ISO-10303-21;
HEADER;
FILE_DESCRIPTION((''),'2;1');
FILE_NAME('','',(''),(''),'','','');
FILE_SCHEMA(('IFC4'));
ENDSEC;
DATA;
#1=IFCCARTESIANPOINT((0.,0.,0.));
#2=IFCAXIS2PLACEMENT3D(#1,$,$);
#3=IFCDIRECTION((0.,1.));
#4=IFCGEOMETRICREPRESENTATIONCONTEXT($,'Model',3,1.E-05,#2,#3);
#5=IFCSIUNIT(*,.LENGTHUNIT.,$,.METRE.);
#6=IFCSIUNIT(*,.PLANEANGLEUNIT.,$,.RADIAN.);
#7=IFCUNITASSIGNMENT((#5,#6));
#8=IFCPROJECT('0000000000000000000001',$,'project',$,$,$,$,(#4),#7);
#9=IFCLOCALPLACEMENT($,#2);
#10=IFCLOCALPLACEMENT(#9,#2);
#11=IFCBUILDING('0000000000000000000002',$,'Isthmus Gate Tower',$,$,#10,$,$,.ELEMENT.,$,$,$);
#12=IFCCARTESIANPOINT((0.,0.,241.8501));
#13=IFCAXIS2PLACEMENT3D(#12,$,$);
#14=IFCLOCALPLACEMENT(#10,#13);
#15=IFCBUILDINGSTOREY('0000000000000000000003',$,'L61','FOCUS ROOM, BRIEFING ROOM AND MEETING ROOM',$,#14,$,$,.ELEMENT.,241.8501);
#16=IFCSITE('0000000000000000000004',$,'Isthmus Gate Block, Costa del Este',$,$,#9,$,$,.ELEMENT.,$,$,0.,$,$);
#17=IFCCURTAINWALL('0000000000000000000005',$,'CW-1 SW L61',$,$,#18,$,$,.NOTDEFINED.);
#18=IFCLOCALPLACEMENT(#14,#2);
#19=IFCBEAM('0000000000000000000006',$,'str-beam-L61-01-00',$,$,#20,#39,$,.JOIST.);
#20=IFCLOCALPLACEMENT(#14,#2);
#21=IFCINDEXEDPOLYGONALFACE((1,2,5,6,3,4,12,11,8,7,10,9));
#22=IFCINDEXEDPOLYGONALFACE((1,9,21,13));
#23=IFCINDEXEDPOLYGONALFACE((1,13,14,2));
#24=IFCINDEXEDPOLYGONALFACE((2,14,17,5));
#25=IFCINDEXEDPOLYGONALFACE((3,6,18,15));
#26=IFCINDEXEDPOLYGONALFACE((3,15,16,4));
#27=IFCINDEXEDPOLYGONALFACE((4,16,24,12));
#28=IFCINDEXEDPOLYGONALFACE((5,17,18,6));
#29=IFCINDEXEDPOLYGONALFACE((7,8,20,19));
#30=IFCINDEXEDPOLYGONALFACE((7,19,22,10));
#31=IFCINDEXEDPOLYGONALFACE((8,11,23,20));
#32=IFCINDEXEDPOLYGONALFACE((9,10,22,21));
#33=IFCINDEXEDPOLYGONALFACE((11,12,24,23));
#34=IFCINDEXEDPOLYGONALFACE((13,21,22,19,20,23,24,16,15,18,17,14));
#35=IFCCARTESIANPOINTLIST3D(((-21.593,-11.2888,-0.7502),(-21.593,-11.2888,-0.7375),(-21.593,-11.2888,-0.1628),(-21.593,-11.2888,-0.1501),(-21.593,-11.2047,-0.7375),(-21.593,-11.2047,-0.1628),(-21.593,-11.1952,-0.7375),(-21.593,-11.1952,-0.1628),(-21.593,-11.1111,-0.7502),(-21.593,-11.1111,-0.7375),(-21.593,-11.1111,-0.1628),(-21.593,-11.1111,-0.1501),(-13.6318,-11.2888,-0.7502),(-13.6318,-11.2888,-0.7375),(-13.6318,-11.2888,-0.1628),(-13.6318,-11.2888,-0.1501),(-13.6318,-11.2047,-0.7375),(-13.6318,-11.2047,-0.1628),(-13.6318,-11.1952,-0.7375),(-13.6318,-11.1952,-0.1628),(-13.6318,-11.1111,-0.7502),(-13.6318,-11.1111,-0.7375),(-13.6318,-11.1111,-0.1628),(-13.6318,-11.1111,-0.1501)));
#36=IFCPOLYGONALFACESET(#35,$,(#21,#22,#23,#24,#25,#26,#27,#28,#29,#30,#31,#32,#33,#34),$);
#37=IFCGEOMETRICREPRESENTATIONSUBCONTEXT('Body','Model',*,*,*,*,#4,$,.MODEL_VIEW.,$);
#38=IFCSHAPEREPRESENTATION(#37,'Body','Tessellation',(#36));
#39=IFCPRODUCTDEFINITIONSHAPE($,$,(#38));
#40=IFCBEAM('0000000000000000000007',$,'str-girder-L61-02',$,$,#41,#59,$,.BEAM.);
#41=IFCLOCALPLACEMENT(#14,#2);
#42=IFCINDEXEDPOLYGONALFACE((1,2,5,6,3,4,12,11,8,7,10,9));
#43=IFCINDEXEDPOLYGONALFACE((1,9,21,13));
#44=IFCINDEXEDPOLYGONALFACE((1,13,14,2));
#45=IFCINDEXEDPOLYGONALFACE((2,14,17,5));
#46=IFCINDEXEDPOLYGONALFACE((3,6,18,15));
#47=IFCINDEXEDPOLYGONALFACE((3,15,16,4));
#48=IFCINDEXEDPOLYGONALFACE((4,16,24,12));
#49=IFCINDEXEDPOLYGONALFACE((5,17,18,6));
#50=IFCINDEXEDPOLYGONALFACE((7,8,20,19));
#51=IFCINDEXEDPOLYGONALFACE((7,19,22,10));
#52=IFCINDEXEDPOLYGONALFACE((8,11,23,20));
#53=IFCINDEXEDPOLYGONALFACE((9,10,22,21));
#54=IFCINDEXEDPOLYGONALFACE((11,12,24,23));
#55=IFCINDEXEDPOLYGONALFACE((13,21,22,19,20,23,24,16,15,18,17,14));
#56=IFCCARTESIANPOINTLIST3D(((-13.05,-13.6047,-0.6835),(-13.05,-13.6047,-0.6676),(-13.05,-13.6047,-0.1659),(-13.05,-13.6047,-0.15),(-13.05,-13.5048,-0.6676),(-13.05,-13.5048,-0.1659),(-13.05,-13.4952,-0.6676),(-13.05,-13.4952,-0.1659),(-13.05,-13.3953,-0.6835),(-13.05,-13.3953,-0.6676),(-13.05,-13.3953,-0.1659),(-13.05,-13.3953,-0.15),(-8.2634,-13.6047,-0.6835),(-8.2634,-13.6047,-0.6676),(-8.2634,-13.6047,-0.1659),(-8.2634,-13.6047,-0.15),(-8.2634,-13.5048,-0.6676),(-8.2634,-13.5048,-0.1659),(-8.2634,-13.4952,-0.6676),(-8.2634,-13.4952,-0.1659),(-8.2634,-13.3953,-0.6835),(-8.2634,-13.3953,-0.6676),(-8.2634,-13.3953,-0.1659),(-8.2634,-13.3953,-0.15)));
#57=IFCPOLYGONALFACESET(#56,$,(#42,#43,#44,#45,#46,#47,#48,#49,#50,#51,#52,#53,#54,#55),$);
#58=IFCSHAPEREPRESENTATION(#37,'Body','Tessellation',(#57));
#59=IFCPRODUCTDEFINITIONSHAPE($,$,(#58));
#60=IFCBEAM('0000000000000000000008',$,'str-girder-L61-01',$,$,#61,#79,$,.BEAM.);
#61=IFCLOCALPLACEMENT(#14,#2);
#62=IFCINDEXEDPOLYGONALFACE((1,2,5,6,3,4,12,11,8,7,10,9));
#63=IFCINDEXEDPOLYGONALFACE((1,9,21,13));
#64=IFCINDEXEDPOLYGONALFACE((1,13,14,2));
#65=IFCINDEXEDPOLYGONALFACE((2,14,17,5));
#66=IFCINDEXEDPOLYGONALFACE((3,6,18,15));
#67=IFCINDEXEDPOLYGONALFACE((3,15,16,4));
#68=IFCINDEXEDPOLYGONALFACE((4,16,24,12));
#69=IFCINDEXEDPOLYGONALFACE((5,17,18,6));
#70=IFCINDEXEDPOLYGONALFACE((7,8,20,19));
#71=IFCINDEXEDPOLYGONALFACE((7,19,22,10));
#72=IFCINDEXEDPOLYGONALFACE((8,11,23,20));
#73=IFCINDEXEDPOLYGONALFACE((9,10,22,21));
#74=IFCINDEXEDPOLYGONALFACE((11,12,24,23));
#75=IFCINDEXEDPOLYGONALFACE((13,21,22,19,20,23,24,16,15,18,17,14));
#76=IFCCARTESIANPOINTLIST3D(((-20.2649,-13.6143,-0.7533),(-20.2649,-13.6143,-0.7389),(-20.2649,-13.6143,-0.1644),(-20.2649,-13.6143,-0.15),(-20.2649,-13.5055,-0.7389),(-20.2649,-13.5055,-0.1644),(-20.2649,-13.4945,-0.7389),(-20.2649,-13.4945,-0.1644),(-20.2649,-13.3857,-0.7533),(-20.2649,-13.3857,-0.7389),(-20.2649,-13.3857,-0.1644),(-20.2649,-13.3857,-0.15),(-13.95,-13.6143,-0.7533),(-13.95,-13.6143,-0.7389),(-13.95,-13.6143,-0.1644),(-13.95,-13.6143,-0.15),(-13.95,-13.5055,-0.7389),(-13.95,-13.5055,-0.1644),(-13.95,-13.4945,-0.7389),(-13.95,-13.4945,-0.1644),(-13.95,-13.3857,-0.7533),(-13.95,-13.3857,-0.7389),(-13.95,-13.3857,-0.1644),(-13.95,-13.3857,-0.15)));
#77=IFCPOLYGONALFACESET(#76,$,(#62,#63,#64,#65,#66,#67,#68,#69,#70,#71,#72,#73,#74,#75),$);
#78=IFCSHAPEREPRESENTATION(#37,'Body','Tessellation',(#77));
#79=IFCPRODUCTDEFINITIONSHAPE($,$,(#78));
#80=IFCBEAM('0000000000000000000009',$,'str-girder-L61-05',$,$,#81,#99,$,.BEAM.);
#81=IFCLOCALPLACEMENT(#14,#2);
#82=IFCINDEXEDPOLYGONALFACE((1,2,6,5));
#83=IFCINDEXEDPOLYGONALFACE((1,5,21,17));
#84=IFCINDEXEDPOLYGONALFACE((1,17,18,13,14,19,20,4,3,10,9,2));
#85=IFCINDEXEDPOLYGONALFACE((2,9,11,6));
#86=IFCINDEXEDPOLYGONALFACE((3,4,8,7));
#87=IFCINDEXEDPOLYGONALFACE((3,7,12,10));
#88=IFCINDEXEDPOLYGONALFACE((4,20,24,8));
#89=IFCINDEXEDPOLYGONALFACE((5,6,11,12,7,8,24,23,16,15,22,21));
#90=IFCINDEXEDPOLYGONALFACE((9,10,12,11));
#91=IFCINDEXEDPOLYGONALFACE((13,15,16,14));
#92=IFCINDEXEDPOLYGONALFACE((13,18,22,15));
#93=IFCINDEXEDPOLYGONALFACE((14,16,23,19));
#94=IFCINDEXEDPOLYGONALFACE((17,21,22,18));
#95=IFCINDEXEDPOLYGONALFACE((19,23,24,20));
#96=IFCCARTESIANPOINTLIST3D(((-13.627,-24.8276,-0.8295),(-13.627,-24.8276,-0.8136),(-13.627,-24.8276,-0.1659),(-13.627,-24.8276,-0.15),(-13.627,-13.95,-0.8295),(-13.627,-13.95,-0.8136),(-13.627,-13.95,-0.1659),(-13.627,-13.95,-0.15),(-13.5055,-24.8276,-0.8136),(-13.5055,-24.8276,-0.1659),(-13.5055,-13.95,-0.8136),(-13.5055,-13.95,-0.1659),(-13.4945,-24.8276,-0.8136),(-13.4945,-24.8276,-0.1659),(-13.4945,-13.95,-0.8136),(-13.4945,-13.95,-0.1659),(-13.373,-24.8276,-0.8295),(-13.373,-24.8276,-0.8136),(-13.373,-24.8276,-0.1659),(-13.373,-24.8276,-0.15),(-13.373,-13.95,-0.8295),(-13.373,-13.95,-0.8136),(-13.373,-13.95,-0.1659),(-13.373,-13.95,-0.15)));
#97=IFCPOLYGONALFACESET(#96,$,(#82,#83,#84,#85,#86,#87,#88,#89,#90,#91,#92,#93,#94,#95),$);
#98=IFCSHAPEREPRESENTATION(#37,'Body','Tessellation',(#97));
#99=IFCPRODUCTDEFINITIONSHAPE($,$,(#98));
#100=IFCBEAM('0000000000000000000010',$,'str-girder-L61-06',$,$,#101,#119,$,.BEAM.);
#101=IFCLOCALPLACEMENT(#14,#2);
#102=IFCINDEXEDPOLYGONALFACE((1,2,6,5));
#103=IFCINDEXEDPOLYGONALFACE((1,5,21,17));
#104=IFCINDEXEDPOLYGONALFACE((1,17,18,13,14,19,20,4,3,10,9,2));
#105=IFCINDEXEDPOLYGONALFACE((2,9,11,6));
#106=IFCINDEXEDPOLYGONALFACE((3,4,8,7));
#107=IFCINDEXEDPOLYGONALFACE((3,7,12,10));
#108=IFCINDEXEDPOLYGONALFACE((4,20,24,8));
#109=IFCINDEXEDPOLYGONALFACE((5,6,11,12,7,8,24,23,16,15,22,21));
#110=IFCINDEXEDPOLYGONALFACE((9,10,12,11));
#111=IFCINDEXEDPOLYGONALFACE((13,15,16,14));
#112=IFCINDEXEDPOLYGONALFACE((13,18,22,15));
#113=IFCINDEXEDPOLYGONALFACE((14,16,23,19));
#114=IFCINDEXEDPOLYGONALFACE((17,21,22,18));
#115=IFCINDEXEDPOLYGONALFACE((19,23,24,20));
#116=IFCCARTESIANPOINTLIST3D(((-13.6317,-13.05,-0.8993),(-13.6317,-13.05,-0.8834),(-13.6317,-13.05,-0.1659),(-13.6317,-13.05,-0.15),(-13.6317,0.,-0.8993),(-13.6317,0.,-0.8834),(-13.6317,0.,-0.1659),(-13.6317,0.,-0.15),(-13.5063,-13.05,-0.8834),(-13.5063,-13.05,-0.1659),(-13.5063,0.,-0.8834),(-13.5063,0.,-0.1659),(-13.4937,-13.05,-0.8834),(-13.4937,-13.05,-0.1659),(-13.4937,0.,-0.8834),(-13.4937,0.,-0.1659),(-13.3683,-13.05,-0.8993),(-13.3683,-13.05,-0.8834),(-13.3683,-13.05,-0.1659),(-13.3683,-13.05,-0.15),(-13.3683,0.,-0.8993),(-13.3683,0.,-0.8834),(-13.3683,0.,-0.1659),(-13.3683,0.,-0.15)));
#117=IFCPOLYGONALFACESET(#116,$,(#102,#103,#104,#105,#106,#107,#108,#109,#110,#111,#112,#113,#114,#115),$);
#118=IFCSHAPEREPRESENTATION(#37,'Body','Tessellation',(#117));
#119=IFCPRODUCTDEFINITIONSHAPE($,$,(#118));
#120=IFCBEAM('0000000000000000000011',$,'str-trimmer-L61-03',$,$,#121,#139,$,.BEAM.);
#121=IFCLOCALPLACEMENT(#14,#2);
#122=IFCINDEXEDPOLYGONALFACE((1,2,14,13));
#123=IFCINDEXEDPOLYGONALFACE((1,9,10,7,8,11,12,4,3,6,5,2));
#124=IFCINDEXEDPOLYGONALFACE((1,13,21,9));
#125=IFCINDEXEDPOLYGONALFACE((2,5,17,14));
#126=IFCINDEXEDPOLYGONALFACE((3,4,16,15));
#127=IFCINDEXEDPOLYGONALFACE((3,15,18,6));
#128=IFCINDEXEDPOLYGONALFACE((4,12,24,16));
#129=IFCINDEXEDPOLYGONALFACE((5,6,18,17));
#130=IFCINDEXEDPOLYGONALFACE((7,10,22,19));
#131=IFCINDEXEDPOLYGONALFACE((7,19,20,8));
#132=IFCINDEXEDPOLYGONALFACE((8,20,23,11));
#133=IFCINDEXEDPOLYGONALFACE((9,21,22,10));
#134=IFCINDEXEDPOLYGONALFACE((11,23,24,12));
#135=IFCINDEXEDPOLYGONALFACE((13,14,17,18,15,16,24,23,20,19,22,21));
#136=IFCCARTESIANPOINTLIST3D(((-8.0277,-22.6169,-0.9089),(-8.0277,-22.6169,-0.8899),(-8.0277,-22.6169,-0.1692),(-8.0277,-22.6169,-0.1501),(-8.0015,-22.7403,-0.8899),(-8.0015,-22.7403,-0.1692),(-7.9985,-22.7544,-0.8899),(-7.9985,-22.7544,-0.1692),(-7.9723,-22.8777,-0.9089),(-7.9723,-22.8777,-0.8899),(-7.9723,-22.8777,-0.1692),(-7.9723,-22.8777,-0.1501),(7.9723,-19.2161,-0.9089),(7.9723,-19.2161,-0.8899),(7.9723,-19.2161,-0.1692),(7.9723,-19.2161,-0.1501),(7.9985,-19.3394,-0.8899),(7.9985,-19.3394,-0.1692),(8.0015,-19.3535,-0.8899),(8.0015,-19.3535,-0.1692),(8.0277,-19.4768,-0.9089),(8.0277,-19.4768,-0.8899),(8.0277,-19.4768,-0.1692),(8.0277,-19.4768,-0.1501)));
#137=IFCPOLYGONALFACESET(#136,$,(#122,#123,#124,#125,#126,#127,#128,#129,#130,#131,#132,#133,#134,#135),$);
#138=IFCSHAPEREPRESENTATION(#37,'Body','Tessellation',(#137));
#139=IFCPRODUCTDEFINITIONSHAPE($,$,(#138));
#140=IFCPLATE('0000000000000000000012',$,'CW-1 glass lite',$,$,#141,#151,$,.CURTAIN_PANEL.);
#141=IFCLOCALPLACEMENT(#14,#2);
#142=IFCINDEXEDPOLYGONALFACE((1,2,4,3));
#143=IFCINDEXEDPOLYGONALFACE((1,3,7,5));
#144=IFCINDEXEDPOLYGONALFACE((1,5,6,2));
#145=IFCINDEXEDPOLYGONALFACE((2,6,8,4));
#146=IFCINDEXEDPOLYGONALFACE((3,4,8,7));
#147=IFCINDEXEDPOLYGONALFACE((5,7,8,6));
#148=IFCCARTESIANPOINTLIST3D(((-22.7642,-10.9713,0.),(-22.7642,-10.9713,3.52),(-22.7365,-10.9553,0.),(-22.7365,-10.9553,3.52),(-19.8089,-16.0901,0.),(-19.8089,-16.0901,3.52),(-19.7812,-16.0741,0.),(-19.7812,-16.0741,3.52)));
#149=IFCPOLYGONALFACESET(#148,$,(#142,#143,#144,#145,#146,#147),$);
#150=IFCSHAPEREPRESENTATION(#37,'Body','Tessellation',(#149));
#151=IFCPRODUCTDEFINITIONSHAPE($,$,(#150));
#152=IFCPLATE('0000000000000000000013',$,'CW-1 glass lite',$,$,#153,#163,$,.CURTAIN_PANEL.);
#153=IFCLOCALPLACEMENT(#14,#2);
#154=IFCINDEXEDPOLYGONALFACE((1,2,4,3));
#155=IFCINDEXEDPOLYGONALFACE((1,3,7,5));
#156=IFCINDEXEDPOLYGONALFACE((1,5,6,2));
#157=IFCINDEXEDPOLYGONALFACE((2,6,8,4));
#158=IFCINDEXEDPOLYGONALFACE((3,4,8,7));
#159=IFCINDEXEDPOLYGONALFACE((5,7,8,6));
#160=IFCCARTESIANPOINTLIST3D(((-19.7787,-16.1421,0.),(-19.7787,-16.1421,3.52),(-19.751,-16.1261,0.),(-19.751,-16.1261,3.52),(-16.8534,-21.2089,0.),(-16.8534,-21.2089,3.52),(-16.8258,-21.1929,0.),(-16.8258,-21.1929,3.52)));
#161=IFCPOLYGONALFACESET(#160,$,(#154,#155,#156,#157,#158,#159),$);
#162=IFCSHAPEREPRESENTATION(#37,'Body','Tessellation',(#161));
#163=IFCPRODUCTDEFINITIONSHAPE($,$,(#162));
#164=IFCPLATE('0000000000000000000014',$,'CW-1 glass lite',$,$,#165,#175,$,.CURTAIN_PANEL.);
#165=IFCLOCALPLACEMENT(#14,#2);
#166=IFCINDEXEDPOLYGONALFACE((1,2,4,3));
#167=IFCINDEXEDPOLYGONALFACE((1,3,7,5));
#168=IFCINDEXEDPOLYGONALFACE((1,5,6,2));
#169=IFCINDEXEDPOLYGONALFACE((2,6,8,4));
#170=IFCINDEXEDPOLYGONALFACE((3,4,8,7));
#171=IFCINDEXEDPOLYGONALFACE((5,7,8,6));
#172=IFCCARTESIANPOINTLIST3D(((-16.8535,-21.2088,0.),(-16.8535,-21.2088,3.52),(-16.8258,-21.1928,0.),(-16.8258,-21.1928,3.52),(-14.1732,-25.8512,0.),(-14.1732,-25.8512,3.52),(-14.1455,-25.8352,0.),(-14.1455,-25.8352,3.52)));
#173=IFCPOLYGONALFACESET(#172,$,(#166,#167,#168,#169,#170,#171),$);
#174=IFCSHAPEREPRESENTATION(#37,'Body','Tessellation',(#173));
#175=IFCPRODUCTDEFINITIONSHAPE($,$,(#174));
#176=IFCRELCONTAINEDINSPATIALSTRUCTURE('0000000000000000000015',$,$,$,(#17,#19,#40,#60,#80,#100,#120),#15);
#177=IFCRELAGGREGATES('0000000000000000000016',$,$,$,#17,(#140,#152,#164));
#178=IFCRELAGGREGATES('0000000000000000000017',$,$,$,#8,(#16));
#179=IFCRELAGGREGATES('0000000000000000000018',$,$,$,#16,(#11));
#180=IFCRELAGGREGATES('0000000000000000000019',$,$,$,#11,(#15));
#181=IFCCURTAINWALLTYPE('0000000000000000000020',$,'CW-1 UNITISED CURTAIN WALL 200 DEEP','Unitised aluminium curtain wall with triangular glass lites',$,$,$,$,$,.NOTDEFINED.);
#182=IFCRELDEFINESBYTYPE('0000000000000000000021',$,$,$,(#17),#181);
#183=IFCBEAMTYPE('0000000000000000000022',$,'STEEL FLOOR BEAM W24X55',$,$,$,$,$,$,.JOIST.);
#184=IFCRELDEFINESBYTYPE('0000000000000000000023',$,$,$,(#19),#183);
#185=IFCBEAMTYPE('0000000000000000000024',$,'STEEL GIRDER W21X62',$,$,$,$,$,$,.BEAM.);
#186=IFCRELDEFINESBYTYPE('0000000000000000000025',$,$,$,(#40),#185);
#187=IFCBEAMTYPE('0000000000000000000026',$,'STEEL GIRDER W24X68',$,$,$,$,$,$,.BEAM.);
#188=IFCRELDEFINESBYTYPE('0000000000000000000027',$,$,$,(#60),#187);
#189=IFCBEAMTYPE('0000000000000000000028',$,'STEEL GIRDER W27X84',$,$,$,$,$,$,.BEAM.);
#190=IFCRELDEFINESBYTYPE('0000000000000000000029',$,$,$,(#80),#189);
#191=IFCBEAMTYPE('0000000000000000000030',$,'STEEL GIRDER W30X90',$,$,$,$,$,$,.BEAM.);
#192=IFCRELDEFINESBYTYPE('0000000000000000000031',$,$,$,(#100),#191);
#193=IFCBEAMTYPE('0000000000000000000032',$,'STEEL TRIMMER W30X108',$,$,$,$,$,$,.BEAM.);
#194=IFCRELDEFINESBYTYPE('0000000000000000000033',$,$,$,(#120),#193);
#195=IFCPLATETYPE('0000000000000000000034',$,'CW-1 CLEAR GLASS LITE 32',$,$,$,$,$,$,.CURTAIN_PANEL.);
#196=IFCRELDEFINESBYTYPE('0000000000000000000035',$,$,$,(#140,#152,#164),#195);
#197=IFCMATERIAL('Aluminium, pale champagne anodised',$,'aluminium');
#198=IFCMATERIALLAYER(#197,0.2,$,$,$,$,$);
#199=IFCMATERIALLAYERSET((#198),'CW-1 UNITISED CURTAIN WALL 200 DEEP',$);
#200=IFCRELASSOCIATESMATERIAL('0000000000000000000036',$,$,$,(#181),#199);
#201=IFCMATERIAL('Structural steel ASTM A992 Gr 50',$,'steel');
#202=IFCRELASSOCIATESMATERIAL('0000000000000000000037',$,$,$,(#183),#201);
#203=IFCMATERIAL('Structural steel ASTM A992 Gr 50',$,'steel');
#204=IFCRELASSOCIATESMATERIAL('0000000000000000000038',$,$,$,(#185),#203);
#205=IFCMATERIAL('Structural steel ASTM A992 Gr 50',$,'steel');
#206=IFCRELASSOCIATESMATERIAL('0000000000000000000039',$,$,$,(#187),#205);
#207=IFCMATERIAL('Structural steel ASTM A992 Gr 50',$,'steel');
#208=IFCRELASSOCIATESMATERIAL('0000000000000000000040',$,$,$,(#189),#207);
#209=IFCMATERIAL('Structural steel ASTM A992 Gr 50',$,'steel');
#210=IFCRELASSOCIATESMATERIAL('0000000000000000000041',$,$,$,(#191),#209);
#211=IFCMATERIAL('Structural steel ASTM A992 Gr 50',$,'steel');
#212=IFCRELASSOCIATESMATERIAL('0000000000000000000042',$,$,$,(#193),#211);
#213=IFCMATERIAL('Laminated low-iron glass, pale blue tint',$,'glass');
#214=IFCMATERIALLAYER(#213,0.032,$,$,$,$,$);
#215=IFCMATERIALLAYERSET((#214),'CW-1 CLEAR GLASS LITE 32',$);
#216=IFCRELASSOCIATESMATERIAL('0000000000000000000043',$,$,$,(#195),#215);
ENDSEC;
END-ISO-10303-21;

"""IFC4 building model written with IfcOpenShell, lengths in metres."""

from ifc_helpers import new_model, si_unit, direction, frame, origin, origin_2d, place, context, subcontext, project, spatial, rectangle, i_section, extrude, material, layer, layer_set, material_profile, profile_set, type_object, element, aggregate, save


model = new_model("IFC4")

# Units and contexts
model_context = context("Model", 3, precision=1e-05, world=origin(), true_north=direction((0.0, 1.0)))
body_context = subcontext(model_context, "Body", "Model", "MODEL_VIEW")
ifc_project = project(units=[si_unit("LENGTHUNIT", "METRE"), si_unit("PLANEANGLEUNIT", "RADIAN")], contexts=[model_context])

# Site, building, storey
site_placement = place(None, origin())
site = spatial("IfcSite", under=ifc_project, at=site_placement, Name="Isthmus Gate Block, Costa del Este", CompositionType="ELEMENT", RefElevation=0.0)
building_placement = place(site_placement, origin())
building = spatial("IfcBuilding", under=site, at=building_placement, Name="Isthmus Gate Tower", CompositionType="ELEMENT")
storey_placement = place(building_placement, frame((0.0, 0.0, 241.8501)))
storey = spatial("IfcBuildingStorey", under=building, at=storey_placement, Name="L61", Description="FOCUS ROOM, BRIEFING ROOM AND MEETING ROOM", CompositionType="ELEMENT", Elevation=241.8501)

# Curtain wall
ifc_material_1 = material(Name="Aluminium, pale champagne anodised", Category="aluminium")
ifc_layer_1 = layer(ifc_material_1, 0.2)
ifc_layer_set_1 = layer_set([ifc_layer_1], Name="CW-1 UNITISED CURTAIN WALL 200 DEEP")
curtain_wall_type = type_object("IfcCurtainWallType", Name="CW-1 UNITISED CURTAIN WALL 200 DEEP", Description="Unitised aluminium curtain wall with triangular glass lites", PredefinedType="NOTDEFINED", material=ifc_layer_set_1)
curtain_wall_1_placement = place(storey_placement, origin())
curtain_wall_1 = element("IfcCurtainWall", 1, at=curtain_wall_1_placement, inside=storey, type_object=curtain_wall_type, Name="CW-1 SW L61", PredefinedType="NOTDEFINED")

# Beams
ifc_material_2 = material(Name="Structural steel ASTM A992 Gr 50", Category="steel")
ifc_material_profile_1 = material_profile(ifc_material_2, i_section(OverallWidth=0.1777, OverallDepth=0.6001, WebThickness=0.0095, FlangeThickness=0.0127, at=origin_2d()), Name="W24X55")
ifc_profile_set_1 = profile_set([ifc_material_profile_1], Name="Structural steel ASTM A992 Gr 50")
beam_type_1 = type_object("IfcBeamType", Name="STEEL FLOOR BEAM W24X55", PredefinedType="JOIST", material=ifc_profile_set_1)
beam_1_placement = place(storey_placement, frame((-21.593, -11.2, -0.4502), z_axis=(1.0, 0.0, 0.0), x_axis=(0.0, 1.0, 0.0)))
element("IfcBeam", 2, at=beam_1_placement, inside=storey, type_object=beam_type_1, Name="str-beam-L61-01-00", PredefinedType="JOIST", context=body_context, shape_type="SweptSolid", body=[
    extrude(i_section(OverallWidth=0.1777, OverallDepth=0.6001, WebThickness=0.0095, FlangeThickness=0.0127, at=origin_2d()), origin(), (0.0, 0.0, 1.0), 7.9612),
])
ifc_material_3 = material(Name="Structural steel ASTM A992 Gr 50", Category="steel")
ifc_material_profile_2 = material_profile(ifc_material_3, i_section(OverallWidth=0.2095, OverallDepth=0.5334, WebThickness=0.0095, FlangeThickness=0.0159, at=origin_2d()), Name="W21X62")
ifc_profile_set_2 = profile_set([ifc_material_profile_2], Name="Structural steel ASTM A992 Gr 50")
beam_type_2 = type_object("IfcBeamType", Name="STEEL GIRDER W21X62", PredefinedType="BEAM", material=ifc_profile_set_2)
beam_2_placement = place(storey_placement, frame((-13.05, -13.5, -0.4167), z_axis=(1.0, 0.0, 0.0), x_axis=(0.0, 1.0, 0.0)))
element("IfcBeam", 3, at=beam_2_placement, inside=storey, type_object=beam_type_2, Name="str-girder-L61-02", PredefinedType="BEAM", context=body_context, shape_type="SweptSolid", body=[
    extrude(i_section(OverallWidth=0.2095, OverallDepth=0.5334, WebThickness=0.0095, FlangeThickness=0.0159, at=origin_2d()), origin(), (0.0, 0.0, 1.0), 4.7866),
])
ifc_material_4 = material(Name="Structural steel ASTM A992 Gr 50", Category="steel")
ifc_material_profile_3 = material_profile(ifc_material_4, i_section(OverallWidth=0.2285, OverallDepth=0.6033, WebThickness=0.011, FlangeThickness=0.0144, at=origin_2d()), Name="W24X68")
ifc_profile_set_3 = profile_set([ifc_material_profile_3], Name="Structural steel ASTM A992 Gr 50")
beam_type_3 = type_object("IfcBeamType", Name="STEEL GIRDER W24X68", PredefinedType="BEAM", material=ifc_profile_set_3)
beam_3_placement = place(storey_placement, frame((-20.2649, -13.5, -0.4517), z_axis=(1.0, 0.0, 0.0), x_axis=(0.0, 1.0, 0.0)))
element("IfcBeam", 4, at=beam_3_placement, inside=storey, type_object=beam_type_3, Name="str-girder-L61-01", PredefinedType="BEAM", context=body_context, shape_type="SweptSolid", body=[
    extrude(i_section(OverallWidth=0.2285, OverallDepth=0.6033, WebThickness=0.011, FlangeThickness=0.0144, at=origin_2d()), origin(), (0.0, 0.0, 1.0), 6.3149),
])
ifc_material_5 = material(Name="Structural steel ASTM A992 Gr 50", Category="steel")
ifc_material_profile_4 = material_profile(ifc_material_5, i_section(OverallWidth=0.2539, OverallDepth=0.6794, WebThickness=0.011, FlangeThickness=0.0159, at=origin_2d()), Name="W27X84")
ifc_profile_set_4 = profile_set([ifc_material_profile_4], Name="Structural steel ASTM A992 Gr 50")
beam_type_4 = type_object("IfcBeamType", Name="STEEL GIRDER W27X84", PredefinedType="BEAM", material=ifc_profile_set_4)
beam_4_placement = place(storey_placement, frame((-13.5, -24.8276, -0.4897), z_axis=(0.0, 1.0, 0.0), x_axis=(-1.0, 0.0, 0.0)))
element("IfcBeam", 5, at=beam_4_placement, inside=storey, type_object=beam_type_4, Name="str-girder-L61-05", PredefinedType="BEAM", context=body_context, shape_type="SweptSolid", body=[
    extrude(i_section(OverallWidth=0.2539, OverallDepth=0.6794, WebThickness=0.011, FlangeThickness=0.0159, at=origin_2d()), origin(), (0.0, 0.0, 1.0), 10.8777),
])
ifc_material_6 = material(Name="Structural steel ASTM A992 Gr 50", Category="steel")
ifc_material_profile_5 = material_profile(ifc_material_6, i_section(OverallWidth=0.2634, OverallDepth=0.7493, WebThickness=0.0127, FlangeThickness=0.0159, at=origin_2d()), Name="W30X90")
ifc_profile_set_5 = profile_set([ifc_material_profile_5], Name="Structural steel ASTM A992 Gr 50")
beam_type_5 = type_object("IfcBeamType", Name="STEEL GIRDER W30X90", PredefinedType="BEAM", material=ifc_profile_set_5)
beam_5_placement = place(storey_placement, frame((-13.5, -13.05, -0.5247), z_axis=(0.0, 1.0, 0.0), x_axis=(-1.0, 0.0, 0.0)))
element("IfcBeam", 6, at=beam_5_placement, inside=storey, type_object=beam_type_5, Name="str-girder-L61-06", PredefinedType="BEAM", context=body_context, shape_type="SweptSolid", body=[
    extrude(i_section(OverallWidth=0.2634, OverallDepth=0.7493, WebThickness=0.0127, FlangeThickness=0.0159, at=origin_2d()), origin(), (0.0, 0.0, 1.0), 13.05),
])
ifc_material_7 = material(Name="Structural steel ASTM A992 Gr 50", Category="steel")
ifc_material_profile_6 = material_profile(ifc_material_7, i_section(OverallWidth=0.2666, OverallDepth=0.7588, WebThickness=0.0144, FlangeThickness=0.019, at=origin_2d()), Name="W30X108")
ifc_profile_set_6 = profile_set([ifc_material_profile_6], Name="Structural steel ASTM A992 Gr 50")
beam_type_6 = type_object("IfcBeamType", Name="STEEL TRIMMER W30X108", PredefinedType="BEAM", material=ifc_profile_set_6)
beam_6_placement = place(storey_placement, frame((-8.0, -22.7473, -0.5295), z_axis=(0.978148, 0.20791, 0.0), x_axis=(-0.20791, 0.978148, 0.0)))
element("IfcBeam", 7, at=beam_6_placement, inside=storey, type_object=beam_type_6, Name="str-trimmer-L61-03", PredefinedType="BEAM", context=body_context, shape_type="SweptSolid", body=[
    extrude(i_section(OverallWidth=0.2666, OverallDepth=0.7588, WebThickness=0.0144, FlangeThickness=0.019, at=origin_2d()), origin(), (0.0, 0.0, 1.0), 16.3574),
])

# Plates
ifc_material_8 = material(Name="Laminated low-iron glass, pale blue tint", Category="glass")
ifc_layer_2 = layer(ifc_material_8, 0.032)
ifc_layer_set_2 = layer_set([ifc_layer_2], Name="CW-1 CLEAR GLASS LITE 32")
plate_type = type_object("IfcPlateType", Name="CW-1 CLEAR GLASS LITE 32", PredefinedType="CURTAIN_PANEL", material=ifc_layer_set_2)
plate_1_placement = place(storey_placement, frame((-21.2727, -13.5227, 0.0), z_axis=(0.0, 0.0, 1.0), x_axis=(0.5, -0.866025, 0.0)))
plate_1 = element("IfcPlate", 8, at=plate_1_placement, type_object=plate_type, Name="CW-1 glass lite", PredefinedType="CURTAIN_PANEL", context=body_context, shape_type="SweptSolid", body=[
    extrude(rectangle(XDim=5.9106, YDim=0.032, at=origin_2d()), origin(), (0.0, 0.0, 1.0), 3.52),
])
plate_2_placement = place(storey_placement, frame((-18.3022, -18.6675, 0.0), z_axis=(0.0, 0.0, 1.0), x_axis=(0.5, -0.866025, 0.0)))
plate_2 = element("IfcPlate", 9, at=plate_2_placement, type_object=plate_type, Name="CW-1 glass lite", PredefinedType="CURTAIN_PANEL", context=body_context, shape_type="SweptSolid", body=[
    extrude(rectangle(XDim=5.8506, YDim=0.032, at=origin_2d()), origin(), (0.0, 0.0, 1.0), 3.52),
])
plate_3_placement = place(storey_placement, frame((-15.4995, -23.522, 0.0), z_axis=(0.0, 0.0, 1.0), x_axis=(0.5, -0.866025, 0.0)))
plate_3 = element("IfcPlate", 10, at=plate_3_placement, type_object=plate_type, Name="CW-1 glass lite", PredefinedType="CURTAIN_PANEL", context=body_context, shape_type="SweptSolid", body=[
    extrude(rectangle(XDim=5.3606, YDim=0.032, at=origin_2d()), origin(), (0.0, 0.0, 1.0), 3.52),
])
aggregate(curtain_wall_1, [plate_1, plate_2, plate_3])

save(model, "model.ifc")
